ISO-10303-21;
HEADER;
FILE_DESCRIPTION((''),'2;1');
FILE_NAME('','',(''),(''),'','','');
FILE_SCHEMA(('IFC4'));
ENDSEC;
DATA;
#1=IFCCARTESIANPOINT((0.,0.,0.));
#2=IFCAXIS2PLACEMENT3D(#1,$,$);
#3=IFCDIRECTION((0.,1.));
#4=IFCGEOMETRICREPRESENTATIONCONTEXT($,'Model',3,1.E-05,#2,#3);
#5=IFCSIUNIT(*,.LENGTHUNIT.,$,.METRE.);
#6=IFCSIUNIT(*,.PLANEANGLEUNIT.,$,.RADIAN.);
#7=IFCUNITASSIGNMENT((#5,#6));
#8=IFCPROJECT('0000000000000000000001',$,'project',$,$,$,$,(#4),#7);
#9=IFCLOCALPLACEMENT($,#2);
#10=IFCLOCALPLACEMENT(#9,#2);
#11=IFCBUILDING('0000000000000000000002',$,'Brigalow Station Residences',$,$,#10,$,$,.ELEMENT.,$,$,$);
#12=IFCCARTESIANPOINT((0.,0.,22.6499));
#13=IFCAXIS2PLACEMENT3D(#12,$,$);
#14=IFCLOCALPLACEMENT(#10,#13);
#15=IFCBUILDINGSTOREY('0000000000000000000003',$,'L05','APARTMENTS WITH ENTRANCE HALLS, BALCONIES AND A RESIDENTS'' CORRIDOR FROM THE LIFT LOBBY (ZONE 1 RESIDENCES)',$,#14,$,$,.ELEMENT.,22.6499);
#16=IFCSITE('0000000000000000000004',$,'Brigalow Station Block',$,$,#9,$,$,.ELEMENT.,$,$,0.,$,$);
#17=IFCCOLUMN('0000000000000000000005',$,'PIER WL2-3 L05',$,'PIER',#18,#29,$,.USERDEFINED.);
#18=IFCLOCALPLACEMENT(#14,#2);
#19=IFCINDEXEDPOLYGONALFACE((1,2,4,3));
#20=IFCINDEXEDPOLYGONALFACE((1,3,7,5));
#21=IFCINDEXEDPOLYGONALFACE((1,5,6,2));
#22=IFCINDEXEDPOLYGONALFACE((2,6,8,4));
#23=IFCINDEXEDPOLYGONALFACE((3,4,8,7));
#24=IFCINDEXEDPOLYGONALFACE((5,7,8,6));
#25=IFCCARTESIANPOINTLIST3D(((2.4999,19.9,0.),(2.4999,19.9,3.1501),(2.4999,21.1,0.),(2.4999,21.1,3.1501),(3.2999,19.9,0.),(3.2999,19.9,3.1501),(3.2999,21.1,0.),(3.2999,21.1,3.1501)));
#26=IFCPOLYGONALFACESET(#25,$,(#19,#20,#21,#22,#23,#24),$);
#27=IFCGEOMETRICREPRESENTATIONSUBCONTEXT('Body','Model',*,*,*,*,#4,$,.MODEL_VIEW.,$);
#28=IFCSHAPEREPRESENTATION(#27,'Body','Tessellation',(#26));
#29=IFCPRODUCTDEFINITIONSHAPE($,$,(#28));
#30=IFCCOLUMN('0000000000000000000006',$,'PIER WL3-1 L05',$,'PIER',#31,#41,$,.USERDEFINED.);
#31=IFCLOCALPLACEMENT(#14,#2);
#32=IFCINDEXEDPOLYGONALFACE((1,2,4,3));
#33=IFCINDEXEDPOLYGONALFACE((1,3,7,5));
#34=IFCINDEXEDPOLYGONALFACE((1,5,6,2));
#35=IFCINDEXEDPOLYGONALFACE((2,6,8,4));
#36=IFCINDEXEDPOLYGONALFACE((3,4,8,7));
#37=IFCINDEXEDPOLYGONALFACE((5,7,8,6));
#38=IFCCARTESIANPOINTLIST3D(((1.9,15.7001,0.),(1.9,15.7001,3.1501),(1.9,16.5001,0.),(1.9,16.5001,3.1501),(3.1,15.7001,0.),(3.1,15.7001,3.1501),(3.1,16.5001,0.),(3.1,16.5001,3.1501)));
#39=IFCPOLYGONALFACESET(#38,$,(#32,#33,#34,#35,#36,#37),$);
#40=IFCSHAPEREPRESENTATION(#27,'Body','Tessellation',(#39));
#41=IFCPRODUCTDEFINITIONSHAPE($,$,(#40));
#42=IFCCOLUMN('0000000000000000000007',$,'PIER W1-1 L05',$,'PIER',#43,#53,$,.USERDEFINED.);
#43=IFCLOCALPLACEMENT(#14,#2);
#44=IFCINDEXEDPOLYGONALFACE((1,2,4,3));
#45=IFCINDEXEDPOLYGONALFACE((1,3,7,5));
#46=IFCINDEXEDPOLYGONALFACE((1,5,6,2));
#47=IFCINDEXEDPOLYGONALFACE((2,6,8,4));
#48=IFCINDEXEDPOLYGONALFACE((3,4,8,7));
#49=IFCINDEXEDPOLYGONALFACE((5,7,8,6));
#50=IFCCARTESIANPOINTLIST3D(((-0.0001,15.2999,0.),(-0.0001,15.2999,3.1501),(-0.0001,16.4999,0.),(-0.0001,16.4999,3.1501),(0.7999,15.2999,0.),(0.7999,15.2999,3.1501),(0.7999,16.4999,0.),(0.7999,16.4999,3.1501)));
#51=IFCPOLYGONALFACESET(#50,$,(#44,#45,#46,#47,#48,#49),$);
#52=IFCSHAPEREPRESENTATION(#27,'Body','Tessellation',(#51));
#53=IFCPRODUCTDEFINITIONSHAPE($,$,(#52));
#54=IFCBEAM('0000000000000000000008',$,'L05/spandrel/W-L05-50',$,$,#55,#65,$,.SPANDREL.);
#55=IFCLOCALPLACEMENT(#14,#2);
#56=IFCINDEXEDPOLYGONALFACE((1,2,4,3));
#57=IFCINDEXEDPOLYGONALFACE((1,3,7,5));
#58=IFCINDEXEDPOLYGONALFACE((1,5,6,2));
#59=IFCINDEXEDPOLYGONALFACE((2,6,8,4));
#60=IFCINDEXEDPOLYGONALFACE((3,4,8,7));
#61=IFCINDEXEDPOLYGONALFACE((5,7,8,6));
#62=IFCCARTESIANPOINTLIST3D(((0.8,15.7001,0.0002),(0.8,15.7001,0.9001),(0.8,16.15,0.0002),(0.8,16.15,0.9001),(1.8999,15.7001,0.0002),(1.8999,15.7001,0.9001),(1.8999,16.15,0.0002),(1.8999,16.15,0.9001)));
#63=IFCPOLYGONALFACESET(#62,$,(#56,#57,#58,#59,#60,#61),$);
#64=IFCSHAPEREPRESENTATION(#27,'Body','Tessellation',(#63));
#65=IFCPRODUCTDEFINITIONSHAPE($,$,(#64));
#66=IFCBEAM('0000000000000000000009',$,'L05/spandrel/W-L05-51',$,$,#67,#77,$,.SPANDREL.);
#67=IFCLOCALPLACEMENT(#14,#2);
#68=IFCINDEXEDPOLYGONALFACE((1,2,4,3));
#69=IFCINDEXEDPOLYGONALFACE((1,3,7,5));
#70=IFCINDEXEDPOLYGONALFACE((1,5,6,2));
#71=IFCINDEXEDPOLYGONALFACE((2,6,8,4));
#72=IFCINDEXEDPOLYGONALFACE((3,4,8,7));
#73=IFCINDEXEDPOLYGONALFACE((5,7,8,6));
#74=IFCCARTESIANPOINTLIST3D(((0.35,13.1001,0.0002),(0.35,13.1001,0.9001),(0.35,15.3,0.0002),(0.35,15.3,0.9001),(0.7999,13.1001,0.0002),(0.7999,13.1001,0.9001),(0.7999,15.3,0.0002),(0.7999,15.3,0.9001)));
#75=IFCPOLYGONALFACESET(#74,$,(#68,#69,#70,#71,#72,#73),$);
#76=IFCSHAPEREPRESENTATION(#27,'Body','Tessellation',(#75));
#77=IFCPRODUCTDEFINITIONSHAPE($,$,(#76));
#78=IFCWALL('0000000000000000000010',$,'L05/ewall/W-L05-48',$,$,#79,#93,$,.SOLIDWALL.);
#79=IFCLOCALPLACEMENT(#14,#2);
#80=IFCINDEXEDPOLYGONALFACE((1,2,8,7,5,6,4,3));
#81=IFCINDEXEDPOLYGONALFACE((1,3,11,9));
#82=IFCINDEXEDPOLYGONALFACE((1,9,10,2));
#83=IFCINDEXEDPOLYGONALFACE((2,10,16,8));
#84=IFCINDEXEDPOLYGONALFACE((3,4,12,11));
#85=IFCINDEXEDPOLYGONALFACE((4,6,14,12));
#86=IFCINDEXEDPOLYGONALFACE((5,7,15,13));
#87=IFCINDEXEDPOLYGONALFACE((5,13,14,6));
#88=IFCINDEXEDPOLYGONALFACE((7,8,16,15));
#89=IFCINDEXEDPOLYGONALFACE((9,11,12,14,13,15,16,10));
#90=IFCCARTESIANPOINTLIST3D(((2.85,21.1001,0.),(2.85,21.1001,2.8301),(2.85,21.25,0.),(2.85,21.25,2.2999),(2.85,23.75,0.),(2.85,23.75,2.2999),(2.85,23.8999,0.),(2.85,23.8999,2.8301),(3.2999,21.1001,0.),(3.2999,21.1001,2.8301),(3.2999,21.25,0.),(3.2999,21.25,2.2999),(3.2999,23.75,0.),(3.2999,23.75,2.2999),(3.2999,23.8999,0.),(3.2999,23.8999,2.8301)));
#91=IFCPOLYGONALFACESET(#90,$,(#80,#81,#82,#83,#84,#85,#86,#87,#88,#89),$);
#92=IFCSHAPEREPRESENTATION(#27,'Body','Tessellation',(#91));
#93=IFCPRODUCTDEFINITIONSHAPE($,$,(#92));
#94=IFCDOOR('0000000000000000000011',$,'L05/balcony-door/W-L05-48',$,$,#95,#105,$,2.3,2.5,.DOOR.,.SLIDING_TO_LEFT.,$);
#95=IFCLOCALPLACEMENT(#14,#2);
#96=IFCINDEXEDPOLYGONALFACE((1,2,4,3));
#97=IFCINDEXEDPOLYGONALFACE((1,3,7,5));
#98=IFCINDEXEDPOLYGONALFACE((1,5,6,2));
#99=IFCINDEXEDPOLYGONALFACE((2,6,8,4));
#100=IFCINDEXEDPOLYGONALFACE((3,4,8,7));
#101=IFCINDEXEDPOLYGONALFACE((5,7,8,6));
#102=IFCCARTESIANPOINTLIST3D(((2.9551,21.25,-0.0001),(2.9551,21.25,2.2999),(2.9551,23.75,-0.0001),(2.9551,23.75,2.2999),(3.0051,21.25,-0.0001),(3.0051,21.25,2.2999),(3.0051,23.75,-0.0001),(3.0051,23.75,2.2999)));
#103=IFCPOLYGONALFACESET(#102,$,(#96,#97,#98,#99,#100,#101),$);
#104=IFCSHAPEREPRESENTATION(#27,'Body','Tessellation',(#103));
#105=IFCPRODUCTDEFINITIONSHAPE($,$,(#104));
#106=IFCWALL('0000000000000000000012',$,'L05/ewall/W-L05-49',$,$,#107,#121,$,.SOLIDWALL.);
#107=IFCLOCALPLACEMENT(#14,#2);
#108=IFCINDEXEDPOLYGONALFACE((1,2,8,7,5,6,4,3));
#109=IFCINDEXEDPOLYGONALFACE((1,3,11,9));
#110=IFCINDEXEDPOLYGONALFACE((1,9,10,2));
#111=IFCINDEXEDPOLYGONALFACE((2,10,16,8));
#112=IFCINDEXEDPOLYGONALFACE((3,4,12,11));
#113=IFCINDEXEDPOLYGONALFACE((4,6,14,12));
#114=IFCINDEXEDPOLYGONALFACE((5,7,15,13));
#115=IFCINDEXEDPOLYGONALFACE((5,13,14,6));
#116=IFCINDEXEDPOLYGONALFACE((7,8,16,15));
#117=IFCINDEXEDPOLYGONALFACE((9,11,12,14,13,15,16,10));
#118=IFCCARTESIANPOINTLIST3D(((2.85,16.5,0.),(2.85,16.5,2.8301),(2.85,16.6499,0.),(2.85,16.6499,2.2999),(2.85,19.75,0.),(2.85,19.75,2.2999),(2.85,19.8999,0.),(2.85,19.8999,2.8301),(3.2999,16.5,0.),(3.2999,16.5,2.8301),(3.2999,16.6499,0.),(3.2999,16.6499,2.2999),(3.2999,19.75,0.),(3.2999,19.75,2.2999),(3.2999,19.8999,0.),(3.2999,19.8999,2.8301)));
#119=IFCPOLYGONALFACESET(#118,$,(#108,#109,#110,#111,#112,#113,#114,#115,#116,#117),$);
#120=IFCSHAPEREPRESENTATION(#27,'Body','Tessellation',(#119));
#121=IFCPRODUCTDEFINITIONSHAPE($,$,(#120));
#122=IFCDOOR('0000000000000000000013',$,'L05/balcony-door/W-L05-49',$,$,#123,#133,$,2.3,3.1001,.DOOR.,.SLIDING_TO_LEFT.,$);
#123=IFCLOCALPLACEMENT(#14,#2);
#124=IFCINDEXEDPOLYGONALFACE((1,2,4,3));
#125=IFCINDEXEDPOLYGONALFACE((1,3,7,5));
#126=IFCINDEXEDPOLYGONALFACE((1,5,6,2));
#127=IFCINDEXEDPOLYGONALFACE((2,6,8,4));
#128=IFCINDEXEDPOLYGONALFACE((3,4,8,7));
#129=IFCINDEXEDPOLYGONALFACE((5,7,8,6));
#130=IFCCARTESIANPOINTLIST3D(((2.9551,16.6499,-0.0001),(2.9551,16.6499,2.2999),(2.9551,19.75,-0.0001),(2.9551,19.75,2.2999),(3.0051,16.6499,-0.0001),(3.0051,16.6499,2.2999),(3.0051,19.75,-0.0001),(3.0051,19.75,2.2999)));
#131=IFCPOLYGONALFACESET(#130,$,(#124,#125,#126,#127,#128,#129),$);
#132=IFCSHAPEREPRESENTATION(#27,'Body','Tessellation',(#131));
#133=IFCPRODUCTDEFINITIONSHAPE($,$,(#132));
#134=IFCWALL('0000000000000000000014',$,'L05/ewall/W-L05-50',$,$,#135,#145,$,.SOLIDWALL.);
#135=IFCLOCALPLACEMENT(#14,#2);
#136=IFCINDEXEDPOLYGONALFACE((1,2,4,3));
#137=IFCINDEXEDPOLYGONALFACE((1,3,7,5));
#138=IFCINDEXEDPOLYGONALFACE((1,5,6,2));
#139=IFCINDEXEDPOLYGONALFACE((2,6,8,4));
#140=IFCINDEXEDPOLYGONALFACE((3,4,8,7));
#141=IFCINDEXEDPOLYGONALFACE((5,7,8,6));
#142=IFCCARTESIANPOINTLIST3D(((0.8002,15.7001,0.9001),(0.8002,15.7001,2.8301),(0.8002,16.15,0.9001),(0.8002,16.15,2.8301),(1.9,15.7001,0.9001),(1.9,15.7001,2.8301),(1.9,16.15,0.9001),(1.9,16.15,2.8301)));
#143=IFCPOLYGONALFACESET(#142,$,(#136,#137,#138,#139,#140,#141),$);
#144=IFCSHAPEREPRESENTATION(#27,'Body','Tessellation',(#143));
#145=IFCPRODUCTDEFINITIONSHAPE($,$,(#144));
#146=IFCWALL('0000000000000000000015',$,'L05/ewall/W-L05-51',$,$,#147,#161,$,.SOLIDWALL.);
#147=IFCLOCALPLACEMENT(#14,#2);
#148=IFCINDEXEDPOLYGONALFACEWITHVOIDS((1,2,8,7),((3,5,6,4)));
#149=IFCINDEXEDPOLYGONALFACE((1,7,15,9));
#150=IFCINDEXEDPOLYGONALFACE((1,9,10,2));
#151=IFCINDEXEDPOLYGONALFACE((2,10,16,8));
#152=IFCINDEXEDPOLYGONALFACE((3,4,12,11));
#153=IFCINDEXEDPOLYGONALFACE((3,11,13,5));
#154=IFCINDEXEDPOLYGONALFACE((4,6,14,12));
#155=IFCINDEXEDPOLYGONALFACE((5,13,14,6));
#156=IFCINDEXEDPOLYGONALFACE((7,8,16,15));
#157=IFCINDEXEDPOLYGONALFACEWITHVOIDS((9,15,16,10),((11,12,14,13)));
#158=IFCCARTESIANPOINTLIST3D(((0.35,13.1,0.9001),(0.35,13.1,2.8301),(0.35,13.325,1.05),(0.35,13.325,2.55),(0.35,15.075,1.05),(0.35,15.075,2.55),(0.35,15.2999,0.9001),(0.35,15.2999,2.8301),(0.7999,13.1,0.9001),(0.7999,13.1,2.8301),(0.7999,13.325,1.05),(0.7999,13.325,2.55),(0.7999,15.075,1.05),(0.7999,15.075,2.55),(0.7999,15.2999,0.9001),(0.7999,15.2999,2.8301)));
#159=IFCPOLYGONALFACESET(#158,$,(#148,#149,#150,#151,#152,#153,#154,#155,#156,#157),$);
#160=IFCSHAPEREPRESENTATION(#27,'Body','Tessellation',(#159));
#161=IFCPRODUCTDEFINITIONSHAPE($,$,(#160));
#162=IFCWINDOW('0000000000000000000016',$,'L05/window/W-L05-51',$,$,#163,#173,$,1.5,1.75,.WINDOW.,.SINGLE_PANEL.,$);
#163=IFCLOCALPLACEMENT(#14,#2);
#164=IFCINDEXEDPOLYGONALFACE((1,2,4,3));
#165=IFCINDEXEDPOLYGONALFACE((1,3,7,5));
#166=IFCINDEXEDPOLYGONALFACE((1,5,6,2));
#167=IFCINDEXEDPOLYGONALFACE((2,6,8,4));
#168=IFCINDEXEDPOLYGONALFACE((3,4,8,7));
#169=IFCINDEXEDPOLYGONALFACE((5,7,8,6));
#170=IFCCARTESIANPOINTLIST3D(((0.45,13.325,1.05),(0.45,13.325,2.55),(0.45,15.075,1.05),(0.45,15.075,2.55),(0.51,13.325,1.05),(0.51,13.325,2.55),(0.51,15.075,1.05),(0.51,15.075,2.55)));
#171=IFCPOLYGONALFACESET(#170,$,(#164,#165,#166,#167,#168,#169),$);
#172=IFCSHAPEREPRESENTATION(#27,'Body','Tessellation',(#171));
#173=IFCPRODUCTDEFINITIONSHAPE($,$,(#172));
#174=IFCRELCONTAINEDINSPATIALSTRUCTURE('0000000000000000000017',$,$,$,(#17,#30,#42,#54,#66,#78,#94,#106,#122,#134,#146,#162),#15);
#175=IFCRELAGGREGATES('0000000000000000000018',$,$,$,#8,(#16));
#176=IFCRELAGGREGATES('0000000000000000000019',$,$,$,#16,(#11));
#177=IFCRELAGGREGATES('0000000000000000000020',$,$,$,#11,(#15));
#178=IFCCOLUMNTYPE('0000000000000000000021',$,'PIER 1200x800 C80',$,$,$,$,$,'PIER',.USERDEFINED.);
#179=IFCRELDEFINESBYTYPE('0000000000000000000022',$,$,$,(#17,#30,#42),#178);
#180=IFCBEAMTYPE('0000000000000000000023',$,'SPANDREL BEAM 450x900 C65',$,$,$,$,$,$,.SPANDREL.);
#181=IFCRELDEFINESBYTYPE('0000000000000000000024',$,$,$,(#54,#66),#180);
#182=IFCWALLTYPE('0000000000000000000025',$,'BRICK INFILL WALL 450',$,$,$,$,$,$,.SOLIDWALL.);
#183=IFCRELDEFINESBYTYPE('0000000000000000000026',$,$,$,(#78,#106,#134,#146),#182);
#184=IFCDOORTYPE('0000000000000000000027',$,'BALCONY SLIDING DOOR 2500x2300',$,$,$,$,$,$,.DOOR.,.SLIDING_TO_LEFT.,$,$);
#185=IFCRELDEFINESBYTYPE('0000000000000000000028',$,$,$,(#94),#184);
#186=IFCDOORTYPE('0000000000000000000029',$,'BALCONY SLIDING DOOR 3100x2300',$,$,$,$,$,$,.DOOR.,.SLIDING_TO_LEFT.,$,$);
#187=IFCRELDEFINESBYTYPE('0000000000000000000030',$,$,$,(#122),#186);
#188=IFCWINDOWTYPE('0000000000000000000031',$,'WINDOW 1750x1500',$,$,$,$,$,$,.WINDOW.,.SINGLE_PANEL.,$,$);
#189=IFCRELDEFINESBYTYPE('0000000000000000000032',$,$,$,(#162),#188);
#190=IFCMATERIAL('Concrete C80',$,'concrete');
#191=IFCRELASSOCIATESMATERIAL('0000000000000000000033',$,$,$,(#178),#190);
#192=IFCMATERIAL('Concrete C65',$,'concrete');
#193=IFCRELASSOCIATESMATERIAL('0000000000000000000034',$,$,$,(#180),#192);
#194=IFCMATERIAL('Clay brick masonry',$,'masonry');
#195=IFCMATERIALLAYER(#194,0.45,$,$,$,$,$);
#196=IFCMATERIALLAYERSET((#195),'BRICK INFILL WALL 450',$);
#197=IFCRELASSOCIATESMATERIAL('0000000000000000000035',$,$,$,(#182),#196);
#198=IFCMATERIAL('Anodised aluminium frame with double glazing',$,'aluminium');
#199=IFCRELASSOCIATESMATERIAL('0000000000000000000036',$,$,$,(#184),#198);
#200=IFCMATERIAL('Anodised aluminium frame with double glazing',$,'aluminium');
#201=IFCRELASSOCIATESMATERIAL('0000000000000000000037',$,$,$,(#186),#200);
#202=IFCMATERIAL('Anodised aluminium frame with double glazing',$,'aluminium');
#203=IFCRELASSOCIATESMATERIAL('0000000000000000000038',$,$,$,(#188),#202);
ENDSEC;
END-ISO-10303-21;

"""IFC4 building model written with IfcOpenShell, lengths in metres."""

from ifc_helpers import new_model, si_unit, direction, frame, frame_2d, origin, origin_2d, place, context, subcontext, project, spatial, rectangle, extrude, material, layer, layer_set, material_profile, profile_set, type_object, element, fill, save


model = new_model("IFC4")

# Units and contexts
model_context = context("Model", 3, precision=1e-05, world=origin(), true_north=direction((0.0, 1.0)))
body_context = subcontext(model_context, "Body", "Model", "MODEL_VIEW")
ifc_project = project(units=[si_unit("LENGTHUNIT", "METRE"), si_unit("PLANEANGLEUNIT", "RADIAN")], contexts=[model_context])

# Site, building, storey
site_placement = place(None, origin())
site = spatial("IfcSite", under=ifc_project, at=site_placement, Name="Brigalow Station Block", CompositionType="ELEMENT", RefElevation=0.0)
building_placement = place(site_placement, origin())
building = spatial("IfcBuilding", under=site, at=building_placement, Name="Brigalow Station Residences", CompositionType="ELEMENT")
storey_placement = place(building_placement, frame((0.0, 0.0, 22.6499)))
storey = spatial("IfcBuildingStorey", under=building, at=storey_placement, Name="L05", Description="APARTMENTS WITH ENTRANCE HALLS, BALCONIES AND A RESIDENTS' CORRIDOR FROM THE LIFT LOBBY (ZONE 1 RESIDENCES)", CompositionType="ELEMENT", Elevation=22.6499)

# Columns
ifc_material_1 = material(Name="Concrete C80", Category="concrete")
ifc_material_profile_1 = material_profile(ifc_material_1, rectangle(XDim=1.2, YDim=0.8, at=origin_2d()), Name="RC1200x800")
ifc_profile_set_1 = profile_set([ifc_material_profile_1], Name="Concrete C80")
column_type = type_object("IfcColumnType", Name="PIER 1200x800 C80", ElementType="PIER", PredefinedType="USERDEFINED", material=ifc_profile_set_1)
for number, where, z_axis, x_axis, name in (
    (1, (2.8999, 20.5, 0.0), (0.0, 0.0, 1.0), (0.0, -1.0, 0.0), "PIER WL2-3 L05"),
    (2, (2.5, 16.1001, 0.0), (0.0, 0.0, 1.0), (-1.0, 0.0, 0.0), "PIER WL3-1 L05"),
    (3, (0.3999, 15.8999, 0.0), (0.0, 0.0, 1.0), (0.0, -1.0, 0.0), "PIER W1-1 L05"),
):
    element("IfcColumn", number, at=place(storey_placement, frame(where, z_axis=z_axis, x_axis=x_axis)), inside=storey, type_object=column_type, Name=name, ObjectType="PIER", PredefinedType="USERDEFINED", context=body_context, shape_type="SweptSolid", body=[
        extrude(rectangle(XDim=1.2, YDim=0.8, at=origin_2d()), origin(), (0.0, 0.0, 1.0), 3.1501),
    ])

# Beams
ifc_material_2 = material(Name="Concrete C65", Category="concrete")
ifc_material_profile_2 = material_profile(ifc_material_2, rectangle(XDim=0.45, YDim=0.8999, at=origin_2d()), Name="RC450x900")
ifc_profile_set_2 = profile_set([ifc_material_profile_2], Name="Concrete C65")
beam_type = type_object("IfcBeamType", Name="SPANDREL BEAM 450x900 C65", PredefinedType="SPANDREL", material=ifc_profile_set_2)
beam_1_placement = place(storey_placement, frame((1.8999, 15.925, 0.4502), z_axis=(-1.0, 0.0, 0.0), x_axis=(0.0, -1.0, 0.0)))
element("IfcBeam", 4, at=beam_1_placement, inside=storey, type_object=beam_type, Name="L05/spandrel/W-L05-50", PredefinedType="SPANDREL", context=body_context, shape_type="SweptSolid", body=[
    extrude(rectangle(XDim=0.45, YDim=0.8999, at=origin_2d()), origin(), (0.0, 0.0, 1.0), 1.0999),
])
beam_2_placement = place(storey_placement, frame((0.575, 15.3, 0.4502), z_axis=(0.0, -1.0, 0.0), x_axis=(1.0, 0.0, 0.0)))
element("IfcBeam", 5, at=beam_2_placement, inside=storey, type_object=beam_type, Name="L05/spandrel/W-L05-51", PredefinedType="SPANDREL", context=body_context, shape_type="SweptSolid", body=[
    extrude(rectangle(XDim=0.45, YDim=0.8999, at=origin_2d()), origin(), (0.0, 0.0, 1.0), 2.2),
])

# Walls, openings, doors
ifc_material_3 = material(Name="Clay brick masonry", Category="masonry")
ifc_layer_1 = layer(ifc_material_3, 0.45)
ifc_layer_set_1 = layer_set([ifc_layer_1], Name="BRICK INFILL WALL 450")
wall_type_1 = type_object("IfcWallType", Name="BRICK INFILL WALL 450", PredefinedType="SOLIDWALL", material=ifc_layer_set_1)
wall_1_placement = place(storey_placement, frame((3.075, 23.8999, 0.0), z_axis=(0.0, 0.0, 1.0), x_axis=(0.0, -1.0, 0.0)))
wall_1 = element("IfcWall", 6, at=wall_1_placement, inside=storey, type_object=wall_type_1, Name="L05/ewall/W-L05-48", PredefinedType="SOLIDWALL", context=body_context, shape_type="SweptSolid", body=[
    extrude(rectangle(XDim=2.7998, YDim=0.45, at=frame_2d((1.3999, 0.0))), origin(), (0.0, 0.0, 1.0), 2.8301),
])
opening_1_placement = place(wall_1_placement, frame((0.1499, 0.0, 0.0)))
opening_1 = element("IfcOpeningElement", 7, at=opening_1_placement, cuts=wall_1, PredefinedType="OPENING", context=body_context, shape_type="SweptSolid", body=[
    extrude(rectangle(XDim=2.5, YDim=2.3, at=frame_2d((1.25, 1.1499))), frame((0.0, 0.2349, 0.0), z_axis=(0.0, -1.0, 0.0), x_axis=(1.0, 0.0, 0.0)), (0.0, 0.0, 1.0), 0.47),
])
ifc_material_4 = material(Name="Anodised aluminium frame with double glazing", Category="aluminium")
door_type_1 = type_object("IfcDoorType", Name="BALCONY SLIDING DOOR 2500x2300", OperationType="SLIDING_TO_LEFT", PredefinedType="DOOR", material=ifc_material_4)
door_1_placement = place(opening_1_placement, origin())
door_1 = element("IfcDoor", 8, at=door_1_placement, inside=storey, type_object=door_type_1, Name="L05/balcony-door/W-L05-48", OperationType="SLIDING_TO_LEFT", OverallHeight=2.3, OverallWidth=2.5, PredefinedType="DOOR", context=body_context, shape_type="SweptSolid", body=[
    extrude(rectangle(XDim=2.5, YDim=2.3, at=frame_2d((1.25, 1.1499))), frame((0.0, -0.0698, 0.0), z_axis=(0.0, -1.0, 0.0), x_axis=(1.0, 0.0, 0.0)), (0.0, 0.0, 1.0), 0.05),
])
fill(opening_1, door_1)
wall_2_placement = place(storey_placement, frame((3.075, 19.8999, 0.0), z_axis=(0.0, 0.0, 1.0), x_axis=(0.0, -1.0, 0.0)))
wall_2 = element("IfcWall", 9, at=wall_2_placement, inside=storey, type_object=wall_type_1, Name="L05/ewall/W-L05-49", PredefinedType="SOLIDWALL", context=body_context, shape_type="SweptSolid", body=[
    extrude(rectangle(XDim=3.3999, YDim=0.45, at=frame_2d((1.7, 0.0))), origin(), (0.0, 0.0, 1.0), 2.8301),
])
opening_2_placement = place(wall_2_placement, frame((0.1499, 0.0, 0.0)))
opening_2 = element("IfcOpeningElement", 10, at=opening_2_placement, cuts=wall_2, PredefinedType="OPENING", context=body_context, shape_type="SweptSolid", body=[
    extrude(rectangle(XDim=3.1001, YDim=2.3, at=frame_2d((1.55, 1.1499))), frame((0.0, 0.2349, 0.0), z_axis=(0.0, -1.0, 0.0), x_axis=(1.0, 0.0, 0.0)), (0.0, 0.0, 1.0), 0.47),
])
ifc_material_5 = material(Name="Anodised aluminium frame with double glazing", Category="aluminium")
door_type_2 = type_object("IfcDoorType", Name="BALCONY SLIDING DOOR 3100x2300", OperationType="SLIDING_TO_LEFT", PredefinedType="DOOR", material=ifc_material_5)
door_2_placement = place(opening_2_placement, origin())
door_2 = element("IfcDoor", 11, at=door_2_placement, inside=storey, type_object=door_type_2, Name="L05/balcony-door/W-L05-49", OperationType="SLIDING_TO_LEFT", OverallHeight=2.3, OverallWidth=3.1001, PredefinedType="DOOR", context=body_context, shape_type="SweptSolid", body=[
    extrude(rectangle(XDim=3.1001, YDim=2.3, at=frame_2d((1.55, 1.1499))), frame((0.0, -0.0698, 0.0), z_axis=(0.0, -1.0, 0.0), x_axis=(1.0, 0.0, 0.0)), (0.0, 0.0, 1.0), 0.05),
])
fill(opening_2, door_2)

# Wall
wall_3_placement = place(storey_placement, frame((1.8999, 15.925, 0.9001), z_axis=(0.0, 0.0, 1.0), x_axis=(-1.0, 0.0, 0.0)))
element("IfcWall", 12, at=wall_3_placement, inside=storey, type_object=wall_type_1, Name="L05/ewall/W-L05-50", PredefinedType="SOLIDWALL", context=body_context, shape_type="SweptSolid", body=[
    extrude(rectangle(XDim=1.0999, YDim=0.45, at=frame_2d((0.5498, 0.0))), origin(), (0.0, 0.0, 1.0), 1.9299),
])

# Wall, opening, window
wall_4_placement = place(storey_placement, frame((0.575, 15.3, 0.9001), z_axis=(0.0, 0.0, 1.0), x_axis=(0.0, -1.0, 0.0)))
wall_4 = element("IfcWall", 13, at=wall_4_placement, inside=storey, type_object=wall_type_1, Name="L05/ewall/W-L05-51", PredefinedType="SOLIDWALL", context=body_context, shape_type="SweptSolid", body=[
    extrude(rectangle(XDim=2.2, YDim=0.45, at=frame_2d((1.1001, 0.0))), origin(), (0.0, 0.0, 1.0), 1.9299),
])
opening_3_placement = place(wall_4_placement, frame((0.2251, 0.0, 0.1499)))
opening_3 = element("IfcOpeningElement", 14, at=opening_3_placement, cuts=wall_4, PredefinedType="OPENING", context=body_context, shape_type="SweptSolid", body=[
    extrude(rectangle(XDim=1.75, YDim=1.5, at=frame_2d((0.875, 0.75))), frame((0.0, 0.2349, 0.0), z_axis=(0.0, -1.0, 0.0), x_axis=(1.0, 0.0, 0.0)), (0.0, 0.0, 1.0), 0.47),
])
ifc_material_6 = material(Name="Anodised aluminium frame with double glazing", Category="aluminium")
window_type = type_object("IfcWindowType", Name="WINDOW 1750x1500", PartitioningType="SINGLE_PANEL", PredefinedType="WINDOW", material=ifc_material_6)
window_placement = place(opening_3_placement, origin())
window = element("IfcWindow", 15, at=window_placement, inside=storey, type_object=window_type, Name="L05/window/W-L05-51", OverallHeight=1.5, OverallWidth=1.75, PartitioningType="SINGLE_PANEL", PredefinedType="WINDOW", context=body_context, shape_type="SweptSolid", body=[
    extrude(rectangle(XDim=1.75, YDim=1.5, at=frame_2d((0.875, 0.75))), frame((0.0, -0.0649, 0.0), z_axis=(0.0, -1.0, 0.0), x_axis=(1.0, 0.0, 0.0)), (0.0, 0.0, 1.0), 0.0601),
])
fill(opening_3, window)

save(model, "model.ifc")
